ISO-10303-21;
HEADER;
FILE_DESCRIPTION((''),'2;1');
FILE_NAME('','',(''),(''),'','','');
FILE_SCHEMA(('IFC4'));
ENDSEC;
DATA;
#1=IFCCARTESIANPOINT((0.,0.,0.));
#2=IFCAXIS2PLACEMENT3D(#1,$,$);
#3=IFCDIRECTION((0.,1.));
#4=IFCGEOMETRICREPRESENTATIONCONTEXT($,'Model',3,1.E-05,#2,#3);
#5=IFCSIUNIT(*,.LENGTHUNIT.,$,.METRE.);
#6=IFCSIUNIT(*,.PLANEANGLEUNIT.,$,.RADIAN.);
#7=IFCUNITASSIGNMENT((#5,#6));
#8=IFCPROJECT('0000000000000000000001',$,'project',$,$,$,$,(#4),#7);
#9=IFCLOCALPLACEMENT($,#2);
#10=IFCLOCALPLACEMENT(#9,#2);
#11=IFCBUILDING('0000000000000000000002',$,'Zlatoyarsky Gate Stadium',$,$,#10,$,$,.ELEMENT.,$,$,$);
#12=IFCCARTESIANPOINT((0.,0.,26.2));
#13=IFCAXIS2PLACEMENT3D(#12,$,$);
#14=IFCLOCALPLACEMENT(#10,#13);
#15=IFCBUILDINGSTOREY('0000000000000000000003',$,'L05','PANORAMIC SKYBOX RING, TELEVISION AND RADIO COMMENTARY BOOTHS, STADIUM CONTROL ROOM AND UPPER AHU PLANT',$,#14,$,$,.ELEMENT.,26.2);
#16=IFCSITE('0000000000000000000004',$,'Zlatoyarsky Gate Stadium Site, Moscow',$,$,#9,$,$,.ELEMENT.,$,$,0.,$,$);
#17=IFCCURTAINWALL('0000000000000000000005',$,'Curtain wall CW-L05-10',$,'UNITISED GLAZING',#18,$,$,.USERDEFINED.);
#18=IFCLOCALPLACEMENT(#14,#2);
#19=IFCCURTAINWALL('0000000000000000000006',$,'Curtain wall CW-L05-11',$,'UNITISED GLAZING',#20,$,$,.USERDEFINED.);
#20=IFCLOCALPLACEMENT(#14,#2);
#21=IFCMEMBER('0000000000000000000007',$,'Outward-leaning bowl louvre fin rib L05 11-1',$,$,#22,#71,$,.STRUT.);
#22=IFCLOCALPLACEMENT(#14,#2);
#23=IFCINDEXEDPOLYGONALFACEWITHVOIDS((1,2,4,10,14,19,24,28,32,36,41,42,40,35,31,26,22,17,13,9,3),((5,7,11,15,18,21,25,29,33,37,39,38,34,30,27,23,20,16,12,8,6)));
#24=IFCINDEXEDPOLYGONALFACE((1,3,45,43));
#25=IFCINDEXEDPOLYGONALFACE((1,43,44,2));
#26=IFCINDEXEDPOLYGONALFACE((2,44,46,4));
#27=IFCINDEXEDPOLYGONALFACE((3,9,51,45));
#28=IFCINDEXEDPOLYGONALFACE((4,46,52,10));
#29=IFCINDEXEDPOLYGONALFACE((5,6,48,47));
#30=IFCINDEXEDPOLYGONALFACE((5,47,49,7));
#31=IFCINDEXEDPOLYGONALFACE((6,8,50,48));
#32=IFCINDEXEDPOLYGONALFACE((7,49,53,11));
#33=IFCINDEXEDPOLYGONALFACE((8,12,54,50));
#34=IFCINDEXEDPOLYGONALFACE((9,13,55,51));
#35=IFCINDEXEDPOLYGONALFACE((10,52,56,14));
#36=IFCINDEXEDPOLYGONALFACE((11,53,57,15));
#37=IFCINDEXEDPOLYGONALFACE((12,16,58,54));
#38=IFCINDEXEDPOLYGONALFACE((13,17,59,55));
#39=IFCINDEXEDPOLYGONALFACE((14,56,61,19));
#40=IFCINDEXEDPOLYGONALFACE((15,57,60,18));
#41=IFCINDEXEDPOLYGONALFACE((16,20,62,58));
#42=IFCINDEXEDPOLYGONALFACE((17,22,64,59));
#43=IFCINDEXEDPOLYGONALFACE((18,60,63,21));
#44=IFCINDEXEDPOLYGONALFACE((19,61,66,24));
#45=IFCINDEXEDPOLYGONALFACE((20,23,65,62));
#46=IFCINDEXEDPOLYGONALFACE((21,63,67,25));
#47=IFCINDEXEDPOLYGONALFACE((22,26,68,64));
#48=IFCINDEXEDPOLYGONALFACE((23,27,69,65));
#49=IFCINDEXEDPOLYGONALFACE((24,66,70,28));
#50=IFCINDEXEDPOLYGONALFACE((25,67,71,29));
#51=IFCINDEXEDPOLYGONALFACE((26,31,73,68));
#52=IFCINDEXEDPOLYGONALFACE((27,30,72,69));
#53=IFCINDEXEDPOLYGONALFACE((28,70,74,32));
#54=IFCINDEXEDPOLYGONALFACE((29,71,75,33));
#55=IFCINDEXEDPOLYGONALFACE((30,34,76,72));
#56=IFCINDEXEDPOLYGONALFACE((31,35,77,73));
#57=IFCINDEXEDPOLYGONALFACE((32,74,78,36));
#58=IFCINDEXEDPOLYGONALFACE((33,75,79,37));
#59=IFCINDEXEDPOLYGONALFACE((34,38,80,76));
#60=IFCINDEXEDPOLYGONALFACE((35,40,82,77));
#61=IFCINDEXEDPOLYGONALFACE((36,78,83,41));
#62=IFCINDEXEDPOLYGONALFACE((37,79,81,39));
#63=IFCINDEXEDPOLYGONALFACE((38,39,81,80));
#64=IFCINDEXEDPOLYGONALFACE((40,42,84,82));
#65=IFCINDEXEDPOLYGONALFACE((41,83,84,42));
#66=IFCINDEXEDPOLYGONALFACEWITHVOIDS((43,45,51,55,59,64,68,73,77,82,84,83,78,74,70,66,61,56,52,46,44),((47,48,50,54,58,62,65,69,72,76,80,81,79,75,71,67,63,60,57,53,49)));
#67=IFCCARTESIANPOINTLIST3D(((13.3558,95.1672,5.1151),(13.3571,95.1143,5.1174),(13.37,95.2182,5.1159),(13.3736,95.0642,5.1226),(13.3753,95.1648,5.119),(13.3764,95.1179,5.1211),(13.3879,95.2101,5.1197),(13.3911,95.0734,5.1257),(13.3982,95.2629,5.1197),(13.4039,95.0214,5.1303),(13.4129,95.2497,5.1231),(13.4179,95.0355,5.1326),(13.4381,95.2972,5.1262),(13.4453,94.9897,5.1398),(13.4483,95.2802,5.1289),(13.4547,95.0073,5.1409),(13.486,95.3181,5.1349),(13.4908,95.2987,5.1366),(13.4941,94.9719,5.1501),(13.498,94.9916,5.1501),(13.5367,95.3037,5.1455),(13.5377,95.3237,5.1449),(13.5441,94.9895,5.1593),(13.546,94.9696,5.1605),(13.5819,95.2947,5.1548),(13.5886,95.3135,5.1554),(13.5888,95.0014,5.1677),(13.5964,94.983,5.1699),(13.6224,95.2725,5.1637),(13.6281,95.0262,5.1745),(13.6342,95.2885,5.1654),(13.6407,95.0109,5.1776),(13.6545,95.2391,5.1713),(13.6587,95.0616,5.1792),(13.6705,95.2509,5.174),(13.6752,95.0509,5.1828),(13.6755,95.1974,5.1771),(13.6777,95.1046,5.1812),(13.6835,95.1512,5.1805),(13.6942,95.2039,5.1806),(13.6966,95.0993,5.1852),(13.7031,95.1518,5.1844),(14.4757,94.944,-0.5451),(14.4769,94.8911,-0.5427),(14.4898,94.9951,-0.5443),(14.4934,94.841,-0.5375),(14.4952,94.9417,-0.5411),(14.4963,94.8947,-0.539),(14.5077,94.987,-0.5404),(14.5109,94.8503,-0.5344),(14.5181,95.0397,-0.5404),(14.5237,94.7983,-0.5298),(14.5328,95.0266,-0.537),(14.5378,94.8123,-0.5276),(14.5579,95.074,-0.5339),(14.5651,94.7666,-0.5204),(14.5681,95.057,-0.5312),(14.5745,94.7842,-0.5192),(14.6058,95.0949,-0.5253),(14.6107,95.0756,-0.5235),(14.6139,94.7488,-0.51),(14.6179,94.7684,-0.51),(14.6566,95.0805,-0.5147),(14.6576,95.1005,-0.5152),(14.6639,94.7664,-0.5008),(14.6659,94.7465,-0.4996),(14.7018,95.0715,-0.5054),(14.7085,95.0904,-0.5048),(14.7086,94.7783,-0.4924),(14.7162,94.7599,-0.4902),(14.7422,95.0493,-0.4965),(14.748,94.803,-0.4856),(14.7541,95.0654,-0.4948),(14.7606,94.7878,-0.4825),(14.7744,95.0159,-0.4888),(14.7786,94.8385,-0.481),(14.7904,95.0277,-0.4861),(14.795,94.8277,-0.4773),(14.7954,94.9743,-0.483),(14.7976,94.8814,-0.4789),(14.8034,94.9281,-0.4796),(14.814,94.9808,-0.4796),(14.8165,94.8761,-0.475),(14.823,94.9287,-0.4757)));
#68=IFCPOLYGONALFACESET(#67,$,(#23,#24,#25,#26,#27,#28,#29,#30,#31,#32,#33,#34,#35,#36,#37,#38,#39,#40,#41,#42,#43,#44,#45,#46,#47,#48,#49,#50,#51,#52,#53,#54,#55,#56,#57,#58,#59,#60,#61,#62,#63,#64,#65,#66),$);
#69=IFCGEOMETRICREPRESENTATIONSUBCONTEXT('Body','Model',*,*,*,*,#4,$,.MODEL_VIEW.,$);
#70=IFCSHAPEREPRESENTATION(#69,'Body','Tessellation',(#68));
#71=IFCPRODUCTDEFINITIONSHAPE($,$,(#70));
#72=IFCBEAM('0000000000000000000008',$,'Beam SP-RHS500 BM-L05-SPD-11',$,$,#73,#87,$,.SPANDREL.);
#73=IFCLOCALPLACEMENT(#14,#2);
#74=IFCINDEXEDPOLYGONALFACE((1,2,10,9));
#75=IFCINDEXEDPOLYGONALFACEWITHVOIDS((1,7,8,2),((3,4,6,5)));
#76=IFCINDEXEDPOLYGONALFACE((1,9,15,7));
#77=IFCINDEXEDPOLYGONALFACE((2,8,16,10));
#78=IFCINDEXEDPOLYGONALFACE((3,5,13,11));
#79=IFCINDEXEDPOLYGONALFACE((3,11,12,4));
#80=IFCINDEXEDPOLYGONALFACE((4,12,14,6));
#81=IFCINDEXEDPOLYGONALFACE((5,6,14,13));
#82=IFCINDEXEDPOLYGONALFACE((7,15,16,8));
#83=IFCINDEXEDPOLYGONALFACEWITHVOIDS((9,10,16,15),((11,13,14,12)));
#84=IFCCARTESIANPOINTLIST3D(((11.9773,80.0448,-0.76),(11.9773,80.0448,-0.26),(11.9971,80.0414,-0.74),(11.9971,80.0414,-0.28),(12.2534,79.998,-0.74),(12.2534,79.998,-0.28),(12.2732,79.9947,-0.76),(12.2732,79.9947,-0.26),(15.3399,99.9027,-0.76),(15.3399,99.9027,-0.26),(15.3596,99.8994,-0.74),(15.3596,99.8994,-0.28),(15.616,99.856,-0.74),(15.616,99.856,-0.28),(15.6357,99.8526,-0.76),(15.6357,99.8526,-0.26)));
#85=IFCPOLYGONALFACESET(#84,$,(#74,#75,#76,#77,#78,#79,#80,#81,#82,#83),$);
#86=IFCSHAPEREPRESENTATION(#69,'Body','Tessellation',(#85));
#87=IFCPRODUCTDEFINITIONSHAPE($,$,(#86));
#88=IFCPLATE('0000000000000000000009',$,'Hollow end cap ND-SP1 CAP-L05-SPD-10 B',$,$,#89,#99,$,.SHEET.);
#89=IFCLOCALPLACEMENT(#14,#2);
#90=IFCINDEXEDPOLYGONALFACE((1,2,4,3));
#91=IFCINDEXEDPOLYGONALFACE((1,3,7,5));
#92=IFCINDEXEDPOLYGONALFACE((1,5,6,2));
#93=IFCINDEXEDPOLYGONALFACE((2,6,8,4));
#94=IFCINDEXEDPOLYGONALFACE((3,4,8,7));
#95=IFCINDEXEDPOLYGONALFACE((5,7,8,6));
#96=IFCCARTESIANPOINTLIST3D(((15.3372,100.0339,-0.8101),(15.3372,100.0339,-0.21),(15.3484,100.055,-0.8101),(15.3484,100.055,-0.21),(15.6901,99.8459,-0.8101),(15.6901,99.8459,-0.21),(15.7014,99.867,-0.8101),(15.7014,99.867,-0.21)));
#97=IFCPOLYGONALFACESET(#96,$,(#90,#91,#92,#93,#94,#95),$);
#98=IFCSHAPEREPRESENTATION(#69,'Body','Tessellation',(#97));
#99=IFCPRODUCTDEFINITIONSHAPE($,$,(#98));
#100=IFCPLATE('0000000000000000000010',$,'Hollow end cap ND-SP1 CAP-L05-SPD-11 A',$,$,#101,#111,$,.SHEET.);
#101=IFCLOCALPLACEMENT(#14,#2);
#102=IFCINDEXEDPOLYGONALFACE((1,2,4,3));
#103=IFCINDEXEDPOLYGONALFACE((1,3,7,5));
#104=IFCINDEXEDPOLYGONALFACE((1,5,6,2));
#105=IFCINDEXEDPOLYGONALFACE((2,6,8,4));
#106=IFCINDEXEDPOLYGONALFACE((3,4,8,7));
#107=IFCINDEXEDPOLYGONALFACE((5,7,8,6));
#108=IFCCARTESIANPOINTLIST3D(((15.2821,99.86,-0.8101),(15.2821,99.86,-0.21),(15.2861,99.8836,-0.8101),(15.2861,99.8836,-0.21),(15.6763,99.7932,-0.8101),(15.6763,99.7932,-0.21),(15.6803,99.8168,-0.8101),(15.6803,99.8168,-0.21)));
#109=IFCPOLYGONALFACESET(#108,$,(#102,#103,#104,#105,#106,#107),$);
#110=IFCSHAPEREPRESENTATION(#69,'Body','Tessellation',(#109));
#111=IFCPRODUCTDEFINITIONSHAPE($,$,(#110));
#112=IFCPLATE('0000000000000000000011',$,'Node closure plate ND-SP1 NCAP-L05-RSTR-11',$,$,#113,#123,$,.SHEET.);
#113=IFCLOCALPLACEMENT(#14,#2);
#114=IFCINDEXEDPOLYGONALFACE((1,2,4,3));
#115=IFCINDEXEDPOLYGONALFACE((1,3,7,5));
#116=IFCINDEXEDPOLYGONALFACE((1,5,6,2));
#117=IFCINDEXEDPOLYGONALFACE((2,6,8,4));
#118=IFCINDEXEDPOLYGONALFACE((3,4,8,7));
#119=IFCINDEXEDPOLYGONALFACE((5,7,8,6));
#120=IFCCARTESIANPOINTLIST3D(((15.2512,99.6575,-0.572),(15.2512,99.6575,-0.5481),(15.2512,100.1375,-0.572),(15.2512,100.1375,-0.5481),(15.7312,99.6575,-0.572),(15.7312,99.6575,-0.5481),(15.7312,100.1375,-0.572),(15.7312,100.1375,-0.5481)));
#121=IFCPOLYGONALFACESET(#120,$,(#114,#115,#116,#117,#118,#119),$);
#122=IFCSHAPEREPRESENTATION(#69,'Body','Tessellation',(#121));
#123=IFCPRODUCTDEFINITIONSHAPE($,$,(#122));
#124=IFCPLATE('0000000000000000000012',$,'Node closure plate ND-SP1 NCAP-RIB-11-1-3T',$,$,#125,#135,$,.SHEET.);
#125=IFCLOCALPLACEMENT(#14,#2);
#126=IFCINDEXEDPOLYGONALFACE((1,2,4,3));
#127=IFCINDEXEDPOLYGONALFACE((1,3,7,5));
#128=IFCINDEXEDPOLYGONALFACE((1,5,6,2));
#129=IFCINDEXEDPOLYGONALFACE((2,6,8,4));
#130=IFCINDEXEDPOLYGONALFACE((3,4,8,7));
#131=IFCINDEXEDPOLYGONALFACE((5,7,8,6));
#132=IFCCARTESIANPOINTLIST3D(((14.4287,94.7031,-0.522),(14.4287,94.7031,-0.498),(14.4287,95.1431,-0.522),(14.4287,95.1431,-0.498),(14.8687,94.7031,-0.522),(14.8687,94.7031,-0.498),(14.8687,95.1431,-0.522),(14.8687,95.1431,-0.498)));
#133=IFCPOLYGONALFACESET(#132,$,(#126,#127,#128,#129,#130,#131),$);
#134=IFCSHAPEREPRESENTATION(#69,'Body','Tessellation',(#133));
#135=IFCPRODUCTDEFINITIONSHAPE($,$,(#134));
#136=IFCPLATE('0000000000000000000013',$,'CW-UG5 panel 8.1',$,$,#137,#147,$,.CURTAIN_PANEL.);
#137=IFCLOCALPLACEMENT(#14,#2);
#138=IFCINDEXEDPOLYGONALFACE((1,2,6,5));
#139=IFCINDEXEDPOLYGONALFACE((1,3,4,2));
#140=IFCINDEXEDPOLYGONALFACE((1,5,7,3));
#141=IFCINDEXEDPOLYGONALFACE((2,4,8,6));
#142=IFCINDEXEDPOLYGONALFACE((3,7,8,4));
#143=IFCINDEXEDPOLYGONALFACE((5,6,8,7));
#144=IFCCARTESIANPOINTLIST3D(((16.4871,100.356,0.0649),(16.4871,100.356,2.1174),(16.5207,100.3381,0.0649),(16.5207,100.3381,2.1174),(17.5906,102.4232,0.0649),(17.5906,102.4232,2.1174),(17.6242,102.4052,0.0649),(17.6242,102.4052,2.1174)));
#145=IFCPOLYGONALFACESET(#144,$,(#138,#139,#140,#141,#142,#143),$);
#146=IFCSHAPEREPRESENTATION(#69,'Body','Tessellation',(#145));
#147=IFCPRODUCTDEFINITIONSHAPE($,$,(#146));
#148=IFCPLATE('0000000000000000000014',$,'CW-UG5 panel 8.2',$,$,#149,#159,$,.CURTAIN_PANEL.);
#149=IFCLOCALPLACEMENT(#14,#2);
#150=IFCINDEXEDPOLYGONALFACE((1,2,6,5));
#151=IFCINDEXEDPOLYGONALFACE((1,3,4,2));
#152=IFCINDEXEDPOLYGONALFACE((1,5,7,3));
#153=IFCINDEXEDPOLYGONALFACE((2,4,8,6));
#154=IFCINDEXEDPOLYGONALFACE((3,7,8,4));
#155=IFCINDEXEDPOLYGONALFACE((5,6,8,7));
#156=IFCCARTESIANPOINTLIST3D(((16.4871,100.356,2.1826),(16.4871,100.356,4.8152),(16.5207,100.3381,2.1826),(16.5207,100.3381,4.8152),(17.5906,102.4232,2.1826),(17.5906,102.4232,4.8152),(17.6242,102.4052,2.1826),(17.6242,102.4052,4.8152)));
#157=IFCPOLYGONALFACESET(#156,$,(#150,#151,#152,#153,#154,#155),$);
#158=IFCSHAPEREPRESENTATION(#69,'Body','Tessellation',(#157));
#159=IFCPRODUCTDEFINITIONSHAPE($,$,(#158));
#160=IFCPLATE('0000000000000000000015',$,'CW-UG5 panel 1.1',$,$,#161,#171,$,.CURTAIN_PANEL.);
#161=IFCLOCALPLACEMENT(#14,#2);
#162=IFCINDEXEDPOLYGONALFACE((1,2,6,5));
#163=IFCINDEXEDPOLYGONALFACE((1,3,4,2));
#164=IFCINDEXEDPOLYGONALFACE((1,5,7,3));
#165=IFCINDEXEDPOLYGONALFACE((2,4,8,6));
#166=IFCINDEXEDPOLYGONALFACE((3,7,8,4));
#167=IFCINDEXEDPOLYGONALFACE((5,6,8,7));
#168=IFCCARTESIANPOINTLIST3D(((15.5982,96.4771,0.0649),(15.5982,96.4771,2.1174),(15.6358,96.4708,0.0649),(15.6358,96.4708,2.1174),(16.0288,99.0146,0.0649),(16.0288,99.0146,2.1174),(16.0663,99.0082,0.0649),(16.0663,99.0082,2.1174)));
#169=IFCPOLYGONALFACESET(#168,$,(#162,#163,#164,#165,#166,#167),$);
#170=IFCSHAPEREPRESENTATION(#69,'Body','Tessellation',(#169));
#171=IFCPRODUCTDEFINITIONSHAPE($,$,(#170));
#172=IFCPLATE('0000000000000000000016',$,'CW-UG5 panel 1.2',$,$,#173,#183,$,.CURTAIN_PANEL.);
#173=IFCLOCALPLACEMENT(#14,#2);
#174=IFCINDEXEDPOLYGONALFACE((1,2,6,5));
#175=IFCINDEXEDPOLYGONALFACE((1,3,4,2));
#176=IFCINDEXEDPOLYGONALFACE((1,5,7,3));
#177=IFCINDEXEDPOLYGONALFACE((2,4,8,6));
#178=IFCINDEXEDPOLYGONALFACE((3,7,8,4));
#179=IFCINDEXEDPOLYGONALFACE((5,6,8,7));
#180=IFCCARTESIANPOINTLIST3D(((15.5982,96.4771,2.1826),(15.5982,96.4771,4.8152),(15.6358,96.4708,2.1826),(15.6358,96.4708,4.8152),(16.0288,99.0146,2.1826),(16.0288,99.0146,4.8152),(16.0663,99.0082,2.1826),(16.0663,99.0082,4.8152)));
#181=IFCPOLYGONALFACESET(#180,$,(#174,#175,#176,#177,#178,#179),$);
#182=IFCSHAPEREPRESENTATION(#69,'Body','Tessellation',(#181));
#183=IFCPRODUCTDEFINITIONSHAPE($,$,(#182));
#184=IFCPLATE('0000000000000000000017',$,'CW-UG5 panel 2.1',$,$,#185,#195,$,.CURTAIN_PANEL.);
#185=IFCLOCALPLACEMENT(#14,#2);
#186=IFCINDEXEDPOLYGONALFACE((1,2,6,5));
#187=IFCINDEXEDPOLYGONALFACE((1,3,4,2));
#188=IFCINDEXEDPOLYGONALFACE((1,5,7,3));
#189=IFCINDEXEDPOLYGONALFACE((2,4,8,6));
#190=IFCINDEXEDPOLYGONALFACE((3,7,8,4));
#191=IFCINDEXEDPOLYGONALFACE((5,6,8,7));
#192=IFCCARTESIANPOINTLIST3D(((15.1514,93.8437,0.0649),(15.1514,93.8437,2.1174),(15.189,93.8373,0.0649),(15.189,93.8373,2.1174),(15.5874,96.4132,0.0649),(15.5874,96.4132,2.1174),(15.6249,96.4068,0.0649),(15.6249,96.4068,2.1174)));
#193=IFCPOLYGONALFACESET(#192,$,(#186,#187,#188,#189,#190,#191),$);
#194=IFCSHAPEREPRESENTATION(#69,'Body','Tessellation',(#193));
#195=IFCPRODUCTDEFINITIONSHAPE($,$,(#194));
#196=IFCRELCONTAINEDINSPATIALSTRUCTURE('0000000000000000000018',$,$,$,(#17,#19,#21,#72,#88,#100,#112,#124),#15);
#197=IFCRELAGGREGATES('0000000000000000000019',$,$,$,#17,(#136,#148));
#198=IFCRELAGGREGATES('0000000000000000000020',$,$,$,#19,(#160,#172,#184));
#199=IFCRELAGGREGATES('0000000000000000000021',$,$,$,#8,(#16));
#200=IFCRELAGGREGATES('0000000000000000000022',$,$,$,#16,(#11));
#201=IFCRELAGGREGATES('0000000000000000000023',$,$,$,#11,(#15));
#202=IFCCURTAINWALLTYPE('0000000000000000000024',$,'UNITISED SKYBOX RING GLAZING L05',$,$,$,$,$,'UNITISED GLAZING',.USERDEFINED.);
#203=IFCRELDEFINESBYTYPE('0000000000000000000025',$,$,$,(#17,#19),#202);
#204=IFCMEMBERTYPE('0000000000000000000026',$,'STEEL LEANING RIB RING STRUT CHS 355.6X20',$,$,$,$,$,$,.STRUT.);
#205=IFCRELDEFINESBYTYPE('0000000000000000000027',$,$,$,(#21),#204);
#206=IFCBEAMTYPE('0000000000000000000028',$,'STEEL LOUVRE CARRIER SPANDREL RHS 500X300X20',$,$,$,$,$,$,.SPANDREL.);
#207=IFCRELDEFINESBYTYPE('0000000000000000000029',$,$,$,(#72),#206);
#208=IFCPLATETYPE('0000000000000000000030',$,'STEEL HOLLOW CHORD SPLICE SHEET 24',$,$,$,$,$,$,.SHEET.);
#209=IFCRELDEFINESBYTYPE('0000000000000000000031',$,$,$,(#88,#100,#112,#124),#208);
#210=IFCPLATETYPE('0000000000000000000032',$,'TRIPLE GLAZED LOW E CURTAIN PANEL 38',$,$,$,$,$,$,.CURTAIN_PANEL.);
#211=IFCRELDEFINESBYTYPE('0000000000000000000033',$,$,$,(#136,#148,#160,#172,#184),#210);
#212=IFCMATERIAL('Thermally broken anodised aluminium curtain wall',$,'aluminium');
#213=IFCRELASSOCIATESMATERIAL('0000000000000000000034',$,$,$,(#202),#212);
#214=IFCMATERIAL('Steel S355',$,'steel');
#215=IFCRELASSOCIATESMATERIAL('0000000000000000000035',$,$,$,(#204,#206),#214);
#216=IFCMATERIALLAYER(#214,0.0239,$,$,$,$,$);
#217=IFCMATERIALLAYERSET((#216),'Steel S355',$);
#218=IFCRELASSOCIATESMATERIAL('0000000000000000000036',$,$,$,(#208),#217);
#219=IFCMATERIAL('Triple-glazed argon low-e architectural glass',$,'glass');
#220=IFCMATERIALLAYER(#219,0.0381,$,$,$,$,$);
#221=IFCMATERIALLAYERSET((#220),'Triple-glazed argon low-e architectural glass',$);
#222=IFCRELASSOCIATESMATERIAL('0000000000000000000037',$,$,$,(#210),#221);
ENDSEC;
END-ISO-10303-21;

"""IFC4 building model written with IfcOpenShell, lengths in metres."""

from ifc_helpers import new_model, si_unit, direction, frame, origin, origin_2d, place, context, subcontext, project, spatial, rectangle, hollow_rectangle, hollow_circle, extrude, material, layer, layer_set, material_profile, profile_set, type_object, element, aggregate, save


model = new_model("IFC4")

# Units and contexts
model_context = context("Model", 3, precision=1e-05, world=origin(), true_north=direction((0.0, 1.0)))
body_context = subcontext(model_context, "Body", "Model", "MODEL_VIEW")
ifc_project = project(units=[si_unit("LENGTHUNIT", "METRE"), si_unit("PLANEANGLEUNIT", "RADIAN")], contexts=[model_context])

# Site, building, storey
site_placement = place(None, origin())
site = spatial("IfcSite", under=ifc_project, at=site_placement, Name="Zlatoyarsky Gate Stadium Site, Moscow", CompositionType="ELEMENT", RefElevation=0.0)
building_placement = place(site_placement, origin())
building = spatial("IfcBuilding", under=site, at=building_placement, Name="Zlatoyarsky Gate Stadium", CompositionType="ELEMENT")
storey_placement = place(building_placement, frame((0.0, 0.0, 26.2)))
storey = spatial("IfcBuildingStorey", under=building, at=storey_placement, Name="L05", Description="PANORAMIC SKYBOX RING, TELEVISION AND RADIO COMMENTARY BOOTHS, STADIUM CONTROL ROOM AND UPPER AHU PLANT", CompositionType="ELEMENT", Elevation=26.2)

# Curtain wall
ifc_material_1 = material(Name="Thermally broken anodised aluminium curtain wall", Category="aluminium")
curtain_wall_type = type_object("IfcCurtainWallType", Name="UNITISED SKYBOX RING GLAZING L05", ElementType="UNITISED GLAZING", PredefinedType="USERDEFINED", material=ifc_material_1)
curtain_wall_1_placement = place(storey_placement, origin())
curtain_wall_1 = element("IfcCurtainWall", 1, at=curtain_wall_1_placement, inside=storey, type_object=curtain_wall_type, Name="Curtain wall CW-L05-10", ObjectType="UNITISED GLAZING", PredefinedType="USERDEFINED")

# Curtain wall
curtain_wall_2_placement = place(storey_placement, origin())
curtain_wall_2 = element("IfcCurtainWall", 2, at=curtain_wall_2_placement, inside=storey, type_object=curtain_wall_type, Name="Curtain wall CW-L05-11", ObjectType="UNITISED GLAZING", PredefinedType="USERDEFINED")

# Shared definitions
ifc_material_2 = material(Name="Steel S355", Category="steel")

# Member
ifc_material_profile_1 = material_profile(ifc_material_2, hollow_circle(Radius=0.1777, WallThickness=0.02, at=origin_2d()), Name="CHS 355.6X20")
ifc_profile_set_1 = profile_set([ifc_material_profile_1], Name="Steel S355")
member_type_1 = type_object("IfcMemberType", Name="STEEL LEANING RIB RING STRUT CHS 355.6X20", PredefinedType="STRUT", material=ifc_profile_set_1)
member_1_placement = place(storey_placement, frame((14.6487, 94.9231, -0.51), z_axis=(-0.193945, 0.038645, 0.980251), x_axis=(-0.195417, -0.98072, 0.0)))
element("IfcMember", 3, at=member_1_placement, inside=storey, type_object=member_type_1, Name="Outward-leaning bowl louvre fin rib L05 11-1", PredefinedType="STRUT", context=body_context, shape_type="SweptSolid", body=[
    extrude(hollow_circle(Radius=0.1777, WallThickness=0.02, at=origin_2d()), origin(), (0.0, 0.0, 1.0), 5.7742),
])

# Beam
ifc_material_profile_2 = material_profile(ifc_material_2, hollow_rectangle(XDim=0.3, YDim=0.5, WallThickness=0.02, at=origin_2d()), Name="RHS 500X300X20")
ifc_profile_set_2 = profile_set([ifc_material_profile_2], Name="Steel S355")
beam_type_1 = type_object("IfcBeamType", Name="STEEL LOUVRE CARRIER SPANDREL RHS 500X300X20", PredefinedType="SPANDREL", material=ifc_profile_set_2)
beam_1_placement = place(storey_placement, frame((15.4878, 99.8777, -0.51), z_axis=(-0.166954, -0.985965, 0.0), x_axis=(0.985965, -0.166954, 0.0)))
element("IfcBeam", 4, at=beam_1_placement, inside=storey, type_object=beam_type_1, Name="Beam SP-RHS500 BM-L05-SPD-11", PredefinedType="SPANDREL", context=body_context, shape_type="SweptSolid", body=[
    extrude(hollow_rectangle(XDim=0.3, YDim=0.5, WallThickness=0.02, at=origin_2d()), origin(), (0.0, 0.0, 1.0), 20.1406),
])

# Plates
ifc_layer_1 = layer(ifc_material_2, 0.0239)
ifc_layer_set_1 = layer_set([ifc_layer_1], Name="Steel S355")
plate_type_1 = type_object("IfcPlateType", Name="STEEL HOLLOW CHORD SPLICE SHEET 24", PredefinedType="SHEET", material=ifc_layer_set_1)
for number, where, z_axis, x_axis, name in (
    (5, (15.5193, 99.9504, -0.8101), (0.0, 0.0, 1.0), (-0.470188, -0.882566, 0.0), "Hollow end cap ND-SP1 CAP-L05-SPD-10 B"),
    (6, (15.4812, 99.8384, -0.8101), (0.0, 0.0, 1.0), (-0.166951, -0.985965, 0.0), "Hollow end cap ND-SP1 CAP-L05-SPD-11 A"),
):
    element("IfcPlate", number, at=place(storey_placement, frame(where, z_axis=z_axis, x_axis=x_axis)), inside=storey, type_object=plate_type_1, Name=name, PredefinedType="SHEET", context=body_context, shape_type="SweptSolid", body=[
        extrude(rectangle(XDim=0.0239, YDim=0.3999, at=origin_2d()), origin(), (0.0, 0.0, 1.0), 0.6001),
    ])
plate_1_placement = place(storey_placement, frame((15.4912, 99.8975, -0.572), z_axis=(0.0, 0.0, 1.0), x_axis=(1.0, 0.0, 0.0)))
element("IfcPlate", 7, at=plate_1_placement, inside=storey, type_object=plate_type_1, Name="Node closure plate ND-SP1 NCAP-L05-RSTR-11", PredefinedType="SHEET", context=body_context, shape_type="SweptSolid", body=[
    extrude(rectangle(XDim=0.48, YDim=0.48, at=origin_2d()), origin(), (0.0, 0.0, 1.0), 0.0239),
])
plate_2_placement = place(storey_placement, frame((14.6487, 94.9231, -0.522), z_axis=(0.0, 0.0, 1.0), x_axis=(1.0, 0.0, 0.0)))
element("IfcPlate", 8, at=plate_2_placement, inside=storey, type_object=plate_type_1, Name="Node closure plate ND-SP1 NCAP-RIB-11-1-3T", PredefinedType="SHEET", context=body_context, shape_type="SweptSolid", body=[
    extrude(rectangle(XDim=0.4399, YDim=0.4399, at=origin_2d()), origin(), (0.0, 0.0, 1.0), 0.0239),
])

# Plates
ifc_material_3 = material(Name="Triple-glazed argon low-e architectural glass", Category="glass")
ifc_layer_2 = layer(ifc_material_3, 0.0381)
ifc_layer_set_2 = layer_set([ifc_layer_2], Name="Triple-glazed argon low-e architectural glass")
plate_type_2 = type_object("IfcPlateType", Name="TRIPLE GLAZED LOW E CURTAIN PANEL 38", PredefinedType="CURTAIN_PANEL", material=ifc_layer_set_2)
plate_3_placement = place(storey_placement, frame((17.0557, 101.3806, 0.0649), z_axis=(0.0, 0.0, 1.0), x_axis=(-0.470937, -0.882167, 0.0)))
plate_3 = element("IfcPlate", 9, at=plate_3_placement, type_object=plate_type_2, Name="CW-UG5 panel 8.1", PredefinedType="CURTAIN_PANEL", context=body_context, shape_type="SweptSolid", body=[
    extrude(rectangle(XDim=2.3433, YDim=0.0381, at=origin_2d()), origin(), (0.0, 0.0, 1.0), 2.0525),
])
plate_4_placement = place(storey_placement, frame((17.0557, 101.3806, 2.1826), z_axis=(0.0, 0.0, 1.0), x_axis=(-0.470937, -0.882167, 0.0)))
plate_4 = element("IfcPlate", 10, at=plate_4_placement, type_object=plate_type_2, Name="CW-UG5 panel 8.2", PredefinedType="CURTAIN_PANEL", context=body_context, shape_type="SweptSolid", body=[
    extrude(rectangle(XDim=2.3433, YDim=0.0381, at=origin_2d()), origin(), (0.0, 0.0, 1.0), 2.6326),
])
aggregate(curtain_wall_1, [plate_3, plate_4])
plate_5_placement = place(storey_placement, frame((15.8323, 97.7427, 0.0649), z_axis=(0.0, 0.0, 1.0), x_axis=(-0.167284, -0.985909, 0.0)))
plate_5 = element("IfcPlate", 11, at=plate_5_placement, type_object=plate_type_2, Name="CW-UG5 panel 1.1", PredefinedType="CURTAIN_PANEL", context=body_context, shape_type="SweptSolid", body=[
    extrude(rectangle(XDim=2.5737, YDim=0.0381, at=origin_2d()), origin(), (0.0, 0.0, 1.0), 2.0525),
])
plate_6_placement = place(storey_placement, frame((15.8323, 97.7427, 2.1826), z_axis=(0.0, 0.0, 1.0), x_axis=(-0.167284, -0.985909, 0.0)))
plate_6 = element("IfcPlate", 12, at=plate_6_placement, type_object=plate_type_2, Name="CW-UG5 panel 1.2", PredefinedType="CURTAIN_PANEL", context=body_context, shape_type="SweptSolid", body=[
    extrude(rectangle(XDim=2.5737, YDim=0.0381, at=origin_2d()), origin(), (0.0, 0.0, 1.0), 2.6326),
])
plate_7_placement = place(storey_placement, frame((15.3882, 95.1252, 0.0649), z_axis=(0.0, 0.0, 1.0), x_axis=(-0.167284, -0.985909, 0.0)))
plate_7 = element("IfcPlate", 13, at=plate_7_placement, type_object=plate_type_2, Name="CW-UG5 panel 2.1", PredefinedType="CURTAIN_PANEL", context=body_context, shape_type="SweptSolid", body=[
    extrude(rectangle(XDim=2.6062, YDim=0.0381, at=origin_2d()), origin(), (0.0, 0.0, 1.0), 2.0525),
])
aggregate(curtain_wall_2, [plate_5, plate_6, plate_7])

save(model, "model.ifc")
